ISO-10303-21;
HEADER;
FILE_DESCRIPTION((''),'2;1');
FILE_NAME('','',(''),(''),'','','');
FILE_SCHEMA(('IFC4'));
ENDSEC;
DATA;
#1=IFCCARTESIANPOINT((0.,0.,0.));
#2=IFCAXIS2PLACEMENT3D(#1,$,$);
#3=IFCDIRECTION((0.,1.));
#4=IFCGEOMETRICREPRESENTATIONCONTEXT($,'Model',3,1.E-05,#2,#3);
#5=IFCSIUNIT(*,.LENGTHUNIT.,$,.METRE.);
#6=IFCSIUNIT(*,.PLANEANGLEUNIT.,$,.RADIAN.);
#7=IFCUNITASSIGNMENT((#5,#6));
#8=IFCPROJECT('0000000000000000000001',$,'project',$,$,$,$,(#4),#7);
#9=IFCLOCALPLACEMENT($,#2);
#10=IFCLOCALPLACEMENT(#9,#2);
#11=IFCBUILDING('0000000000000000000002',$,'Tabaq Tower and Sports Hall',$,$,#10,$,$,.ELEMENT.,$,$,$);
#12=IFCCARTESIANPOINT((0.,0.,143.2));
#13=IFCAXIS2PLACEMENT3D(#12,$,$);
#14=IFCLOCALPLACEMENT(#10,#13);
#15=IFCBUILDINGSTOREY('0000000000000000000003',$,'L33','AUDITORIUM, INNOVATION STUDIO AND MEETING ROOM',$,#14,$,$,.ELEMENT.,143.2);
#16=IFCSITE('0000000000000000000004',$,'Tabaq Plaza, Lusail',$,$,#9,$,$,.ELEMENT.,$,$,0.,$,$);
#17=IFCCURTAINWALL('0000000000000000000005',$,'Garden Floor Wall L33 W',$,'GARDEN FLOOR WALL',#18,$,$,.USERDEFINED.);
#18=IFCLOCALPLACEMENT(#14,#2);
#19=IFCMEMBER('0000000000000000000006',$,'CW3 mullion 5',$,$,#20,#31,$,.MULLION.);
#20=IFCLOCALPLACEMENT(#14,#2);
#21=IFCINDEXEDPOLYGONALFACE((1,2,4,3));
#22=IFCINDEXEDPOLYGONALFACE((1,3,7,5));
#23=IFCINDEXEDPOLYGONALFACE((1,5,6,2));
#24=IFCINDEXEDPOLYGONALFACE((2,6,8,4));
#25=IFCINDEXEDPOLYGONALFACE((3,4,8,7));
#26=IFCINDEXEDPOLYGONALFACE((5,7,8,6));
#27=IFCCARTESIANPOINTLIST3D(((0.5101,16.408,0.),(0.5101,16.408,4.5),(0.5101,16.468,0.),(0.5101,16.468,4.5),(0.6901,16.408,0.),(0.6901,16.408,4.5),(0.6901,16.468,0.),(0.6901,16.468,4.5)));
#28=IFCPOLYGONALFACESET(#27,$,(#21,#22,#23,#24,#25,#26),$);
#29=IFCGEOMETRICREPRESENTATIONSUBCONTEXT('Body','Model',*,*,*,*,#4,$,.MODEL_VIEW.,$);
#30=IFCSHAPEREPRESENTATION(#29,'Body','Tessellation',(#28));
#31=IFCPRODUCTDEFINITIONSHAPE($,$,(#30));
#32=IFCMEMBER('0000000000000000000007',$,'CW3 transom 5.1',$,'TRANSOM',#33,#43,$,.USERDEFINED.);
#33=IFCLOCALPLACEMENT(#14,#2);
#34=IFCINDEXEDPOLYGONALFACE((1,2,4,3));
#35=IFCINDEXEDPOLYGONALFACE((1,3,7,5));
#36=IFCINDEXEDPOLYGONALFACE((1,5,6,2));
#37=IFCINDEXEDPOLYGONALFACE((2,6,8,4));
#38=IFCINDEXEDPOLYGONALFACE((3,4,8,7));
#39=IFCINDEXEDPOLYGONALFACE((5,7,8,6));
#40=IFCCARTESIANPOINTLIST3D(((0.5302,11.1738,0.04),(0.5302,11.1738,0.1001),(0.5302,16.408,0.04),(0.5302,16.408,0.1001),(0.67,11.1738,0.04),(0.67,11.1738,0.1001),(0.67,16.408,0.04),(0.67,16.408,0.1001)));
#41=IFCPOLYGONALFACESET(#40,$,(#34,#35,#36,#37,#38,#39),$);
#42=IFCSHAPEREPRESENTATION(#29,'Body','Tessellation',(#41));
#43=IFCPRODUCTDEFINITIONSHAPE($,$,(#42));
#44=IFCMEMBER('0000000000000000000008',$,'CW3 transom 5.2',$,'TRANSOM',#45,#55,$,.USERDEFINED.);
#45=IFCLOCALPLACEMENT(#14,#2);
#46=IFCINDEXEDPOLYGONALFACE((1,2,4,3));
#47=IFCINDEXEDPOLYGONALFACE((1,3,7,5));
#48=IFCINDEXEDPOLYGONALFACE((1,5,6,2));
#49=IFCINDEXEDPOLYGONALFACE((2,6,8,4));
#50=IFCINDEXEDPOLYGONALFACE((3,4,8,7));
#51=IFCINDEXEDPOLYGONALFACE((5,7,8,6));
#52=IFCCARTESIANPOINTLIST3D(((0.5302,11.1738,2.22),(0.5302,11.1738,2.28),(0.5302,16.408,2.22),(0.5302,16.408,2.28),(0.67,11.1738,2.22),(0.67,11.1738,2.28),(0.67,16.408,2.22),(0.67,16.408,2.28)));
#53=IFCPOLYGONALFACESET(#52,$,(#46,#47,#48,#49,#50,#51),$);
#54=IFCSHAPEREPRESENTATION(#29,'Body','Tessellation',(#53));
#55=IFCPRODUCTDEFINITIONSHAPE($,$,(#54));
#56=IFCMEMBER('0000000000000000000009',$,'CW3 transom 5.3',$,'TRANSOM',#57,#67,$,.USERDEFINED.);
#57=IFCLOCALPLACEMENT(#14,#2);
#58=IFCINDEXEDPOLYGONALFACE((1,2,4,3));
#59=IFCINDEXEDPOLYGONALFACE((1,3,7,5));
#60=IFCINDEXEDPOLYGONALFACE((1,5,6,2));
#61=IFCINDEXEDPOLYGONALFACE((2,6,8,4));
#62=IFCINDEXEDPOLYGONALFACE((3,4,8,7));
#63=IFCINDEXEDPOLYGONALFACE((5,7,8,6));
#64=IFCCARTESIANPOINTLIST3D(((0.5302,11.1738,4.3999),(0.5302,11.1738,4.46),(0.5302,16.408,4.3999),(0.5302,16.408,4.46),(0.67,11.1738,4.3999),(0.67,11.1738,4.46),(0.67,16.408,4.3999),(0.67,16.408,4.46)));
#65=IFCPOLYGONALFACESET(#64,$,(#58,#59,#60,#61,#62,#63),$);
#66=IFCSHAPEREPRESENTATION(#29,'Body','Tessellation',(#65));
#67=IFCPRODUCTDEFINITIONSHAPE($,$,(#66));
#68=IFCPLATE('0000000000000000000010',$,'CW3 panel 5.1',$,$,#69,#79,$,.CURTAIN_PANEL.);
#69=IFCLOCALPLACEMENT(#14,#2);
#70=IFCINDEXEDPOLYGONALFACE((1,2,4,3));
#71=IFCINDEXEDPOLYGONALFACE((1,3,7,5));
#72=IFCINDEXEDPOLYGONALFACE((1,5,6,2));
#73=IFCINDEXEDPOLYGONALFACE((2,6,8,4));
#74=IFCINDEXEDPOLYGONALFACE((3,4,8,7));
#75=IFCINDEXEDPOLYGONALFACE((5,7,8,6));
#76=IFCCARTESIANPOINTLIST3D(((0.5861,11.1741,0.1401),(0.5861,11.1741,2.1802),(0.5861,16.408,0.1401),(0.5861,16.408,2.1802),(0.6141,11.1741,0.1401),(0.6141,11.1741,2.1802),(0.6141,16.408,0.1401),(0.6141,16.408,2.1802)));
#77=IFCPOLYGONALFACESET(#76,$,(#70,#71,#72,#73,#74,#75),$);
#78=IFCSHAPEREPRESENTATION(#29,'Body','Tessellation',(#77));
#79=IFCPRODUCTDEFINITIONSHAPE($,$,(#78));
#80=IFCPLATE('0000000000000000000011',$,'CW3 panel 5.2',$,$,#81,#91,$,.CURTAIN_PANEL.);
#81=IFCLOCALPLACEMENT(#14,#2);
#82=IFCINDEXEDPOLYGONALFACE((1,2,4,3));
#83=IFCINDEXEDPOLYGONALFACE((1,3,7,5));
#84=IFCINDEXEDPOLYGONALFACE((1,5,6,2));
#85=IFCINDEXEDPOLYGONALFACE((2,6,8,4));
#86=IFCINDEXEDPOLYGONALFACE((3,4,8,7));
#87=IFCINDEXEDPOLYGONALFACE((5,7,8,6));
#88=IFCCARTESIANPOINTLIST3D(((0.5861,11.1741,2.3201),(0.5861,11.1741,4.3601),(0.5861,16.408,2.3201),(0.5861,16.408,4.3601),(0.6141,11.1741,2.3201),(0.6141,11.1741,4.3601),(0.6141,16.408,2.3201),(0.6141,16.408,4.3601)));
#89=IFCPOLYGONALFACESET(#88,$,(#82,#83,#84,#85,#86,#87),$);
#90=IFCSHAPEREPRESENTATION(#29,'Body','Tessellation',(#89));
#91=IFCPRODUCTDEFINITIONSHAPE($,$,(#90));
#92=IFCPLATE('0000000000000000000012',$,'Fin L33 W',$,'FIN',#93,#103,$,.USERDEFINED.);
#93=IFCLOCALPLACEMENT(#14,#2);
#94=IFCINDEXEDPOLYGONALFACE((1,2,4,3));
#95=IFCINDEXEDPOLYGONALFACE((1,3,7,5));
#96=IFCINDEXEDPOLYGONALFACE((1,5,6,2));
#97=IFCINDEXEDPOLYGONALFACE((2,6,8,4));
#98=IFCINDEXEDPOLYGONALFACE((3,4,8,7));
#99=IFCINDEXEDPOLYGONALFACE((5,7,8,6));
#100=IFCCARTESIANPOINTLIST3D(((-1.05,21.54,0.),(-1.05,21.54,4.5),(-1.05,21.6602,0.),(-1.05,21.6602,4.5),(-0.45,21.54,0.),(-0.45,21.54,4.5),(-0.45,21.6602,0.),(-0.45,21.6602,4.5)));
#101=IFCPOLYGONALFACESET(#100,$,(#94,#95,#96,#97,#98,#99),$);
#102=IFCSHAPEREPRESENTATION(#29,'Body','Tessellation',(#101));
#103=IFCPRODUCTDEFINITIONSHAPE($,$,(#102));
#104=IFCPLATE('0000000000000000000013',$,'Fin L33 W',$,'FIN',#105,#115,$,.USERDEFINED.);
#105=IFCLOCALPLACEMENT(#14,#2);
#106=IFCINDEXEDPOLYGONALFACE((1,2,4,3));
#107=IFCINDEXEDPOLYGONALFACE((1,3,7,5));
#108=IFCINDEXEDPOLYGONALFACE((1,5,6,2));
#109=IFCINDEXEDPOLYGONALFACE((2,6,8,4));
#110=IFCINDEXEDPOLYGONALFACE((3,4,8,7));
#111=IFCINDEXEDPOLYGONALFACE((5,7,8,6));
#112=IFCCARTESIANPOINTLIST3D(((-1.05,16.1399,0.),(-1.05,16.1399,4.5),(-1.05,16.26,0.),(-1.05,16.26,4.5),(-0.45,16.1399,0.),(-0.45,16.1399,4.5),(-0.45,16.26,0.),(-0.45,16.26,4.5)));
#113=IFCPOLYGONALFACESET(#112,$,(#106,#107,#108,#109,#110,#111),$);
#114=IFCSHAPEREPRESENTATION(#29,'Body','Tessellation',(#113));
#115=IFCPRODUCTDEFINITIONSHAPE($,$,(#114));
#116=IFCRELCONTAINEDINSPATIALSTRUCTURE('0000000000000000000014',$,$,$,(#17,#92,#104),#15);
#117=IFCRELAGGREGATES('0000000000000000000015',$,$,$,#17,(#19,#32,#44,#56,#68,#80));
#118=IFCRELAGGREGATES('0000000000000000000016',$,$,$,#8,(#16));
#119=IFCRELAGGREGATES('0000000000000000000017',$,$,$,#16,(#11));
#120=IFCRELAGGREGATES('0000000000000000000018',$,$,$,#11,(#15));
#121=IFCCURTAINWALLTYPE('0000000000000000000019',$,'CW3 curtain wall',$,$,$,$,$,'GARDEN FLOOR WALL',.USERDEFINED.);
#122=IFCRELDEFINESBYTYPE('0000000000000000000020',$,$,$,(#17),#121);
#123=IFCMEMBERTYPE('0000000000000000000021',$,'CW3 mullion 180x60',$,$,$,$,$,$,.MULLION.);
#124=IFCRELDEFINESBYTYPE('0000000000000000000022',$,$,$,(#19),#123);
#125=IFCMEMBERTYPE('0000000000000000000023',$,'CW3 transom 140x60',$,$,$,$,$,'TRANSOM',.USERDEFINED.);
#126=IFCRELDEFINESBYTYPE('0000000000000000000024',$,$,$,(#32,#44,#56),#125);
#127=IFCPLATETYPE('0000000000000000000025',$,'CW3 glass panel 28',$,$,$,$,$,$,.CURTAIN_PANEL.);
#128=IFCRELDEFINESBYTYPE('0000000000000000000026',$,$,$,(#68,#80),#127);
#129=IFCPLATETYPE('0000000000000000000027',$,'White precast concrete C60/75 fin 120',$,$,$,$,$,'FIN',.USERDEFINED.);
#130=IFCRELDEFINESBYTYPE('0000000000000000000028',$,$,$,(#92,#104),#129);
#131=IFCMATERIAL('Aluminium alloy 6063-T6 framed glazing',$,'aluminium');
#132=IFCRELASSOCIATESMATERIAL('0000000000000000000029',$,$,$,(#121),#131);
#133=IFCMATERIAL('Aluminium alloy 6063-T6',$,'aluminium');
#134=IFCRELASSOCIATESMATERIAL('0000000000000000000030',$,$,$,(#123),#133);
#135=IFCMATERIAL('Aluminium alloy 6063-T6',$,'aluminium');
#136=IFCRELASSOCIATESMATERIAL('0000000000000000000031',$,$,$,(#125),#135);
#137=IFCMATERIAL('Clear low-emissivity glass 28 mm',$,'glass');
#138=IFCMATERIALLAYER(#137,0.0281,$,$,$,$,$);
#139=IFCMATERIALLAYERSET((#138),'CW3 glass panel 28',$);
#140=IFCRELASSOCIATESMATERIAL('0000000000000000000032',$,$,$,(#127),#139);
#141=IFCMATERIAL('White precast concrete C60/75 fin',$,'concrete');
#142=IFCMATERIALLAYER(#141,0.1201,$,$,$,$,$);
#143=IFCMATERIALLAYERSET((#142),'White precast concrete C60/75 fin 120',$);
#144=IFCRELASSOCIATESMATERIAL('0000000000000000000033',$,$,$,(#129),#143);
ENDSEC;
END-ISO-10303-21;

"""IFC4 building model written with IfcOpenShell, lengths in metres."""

from ifc_helpers import new_model, si_unit, direction, frame, origin, origin_2d, place, context, subcontext, project, spatial, rectangle, extrude, material, layer, layer_set, material_profile, profile_set, type_object, element, aggregate, save


model = new_model("IFC4")

# Units and contexts
model_context = context("Model", 3, precision=1e-05, world=origin(), true_north=direction((0.0, 1.0)))
body_context = subcontext(model_context, "Body", "Model", "MODEL_VIEW")
ifc_project = project(units=[si_unit("LENGTHUNIT", "METRE"), si_unit("PLANEANGLEUNIT", "RADIAN")], contexts=[model_context])

# Site, building, storey
site_placement = place(None, origin())
site = spatial("IfcSite", under=ifc_project, at=site_placement, Name="Tabaq Plaza, Lusail", CompositionType="ELEMENT", RefElevation=0.0)
building_placement = place(site_placement, origin())
building = spatial("IfcBuilding", under=site, at=building_placement, Name="Tabaq Tower and Sports Hall", CompositionType="ELEMENT")
storey_placement = place(building_placement, frame((0.0, 0.0, 143.2)))
storey = spatial("IfcBuildingStorey", under=building, at=storey_placement, Name="L33", Description="AUDITORIUM, INNOVATION STUDIO AND MEETING ROOM", CompositionType="ELEMENT", Elevation=143.2)

# Curtain wall, members, plates
ifc_material_1 = material(Name="Aluminium alloy 6063-T6 framed glazing", Category="aluminium")
curtain_wall_type = type_object("IfcCurtainWallType", Name="CW3 curtain wall", ElementType="GARDEN FLOOR WALL", PredefinedType="USERDEFINED", material=ifc_material_1)
curtain_wall_placement = place(storey_placement, origin())
curtain_wall = element("IfcCurtainWall", 1, at=curtain_wall_placement, inside=storey, type_object=curtain_wall_type, Name="Garden Floor Wall L33 W", ObjectType="GARDEN FLOOR WALL", PredefinedType="USERDEFINED")
ifc_material_2 = material(Name="Aluminium alloy 6063-T6", Category="aluminium")
ifc_material_profile_1 = material_profile(ifc_material_2, rectangle(XDim=0.1799, YDim=0.0601, at=origin_2d()), Name="MULLION 180x60")
ifc_profile_set_1 = profile_set([ifc_material_profile_1], Name="Aluminium alloy 6063-T6")
member_type_1 = type_object("IfcMemberType", Name="CW3 mullion 180x60", PredefinedType="MULLION", material=ifc_profile_set_1)
member_1_placement = place(storey_placement, frame((0.6001, 16.438, 0.0), z_axis=(0.0, 0.0, 1.0), x_axis=(1.0, 0.0, 0.0)))
member_1 = element("IfcMember", 2, at=member_1_placement, type_object=member_type_1, Name="CW3 mullion 5", PredefinedType="MULLION", context=body_context, shape_type="SweptSolid", body=[
    extrude(rectangle(XDim=0.1799, YDim=0.0601, at=origin_2d()), origin(), (0.0, 0.0, 1.0), 4.5),
])
ifc_material_3 = material(Name="Aluminium alloy 6063-T6", Category="aluminium")
ifc_material_profile_2 = material_profile(ifc_material_3, rectangle(XDim=0.1399, YDim=0.0601, at=origin_2d()), Name="TRANSOM 140x60")
ifc_profile_set_2 = profile_set([ifc_material_profile_2], Name="Aluminium alloy 6063-T6")
member_type_2 = type_object("IfcMemberType", Name="CW3 transom 140x60", ElementType="TRANSOM", PredefinedType="USERDEFINED", material=ifc_profile_set_2)
member_2_placement = place(storey_placement, frame((0.6001, 16.408, 0.0701), z_axis=(0.0, -1.0, 0.0), x_axis=(1.0, 0.0, 0.0)))
member_2 = element("IfcMember", 3, at=member_2_placement, type_object=member_type_2, Name="CW3 transom 5.1", ObjectType="TRANSOM", PredefinedType="USERDEFINED", context=body_context, shape_type="SweptSolid", body=[
    extrude(rectangle(XDim=0.1399, YDim=0.0601, at=origin_2d()), origin(), (0.0, 0.0, 1.0), 5.2341),
])
member_3_placement = place(storey_placement, frame((0.6001, 16.408, 2.25), z_axis=(0.0, -1.0, 0.0), x_axis=(1.0, 0.0, 0.0)))
member_3 = element("IfcMember", 4, at=member_3_placement, type_object=member_type_2, Name="CW3 transom 5.2", ObjectType="TRANSOM", PredefinedType="USERDEFINED", context=body_context, shape_type="SweptSolid", body=[
    extrude(rectangle(XDim=0.1399, YDim=0.0601, at=origin_2d()), origin(), (0.0, 0.0, 1.0), 5.2341),
])
member_4_placement = place(storey_placement, frame((0.6001, 16.408, 4.4299), z_axis=(0.0, -1.0, 0.0), x_axis=(1.0, 0.0, 0.0)))
member_4 = element("IfcMember", 5, at=member_4_placement, type_object=member_type_2, Name="CW3 transom 5.3", ObjectType="TRANSOM", PredefinedType="USERDEFINED", context=body_context, shape_type="SweptSolid", body=[
    extrude(rectangle(XDim=0.1399, YDim=0.0601, at=origin_2d()), origin(), (0.0, 0.0, 1.0), 5.2341),
])
ifc_material_4 = material(Name="Clear low-emissivity glass 28 mm", Category="glass")
ifc_layer_1 = layer(ifc_material_4, 0.0281)
ifc_layer_set_1 = layer_set([ifc_layer_1], Name="CW3 glass panel 28")
plate_type_1 = type_object("IfcPlateType", Name="CW3 glass panel 28", PredefinedType="CURTAIN_PANEL", material=ifc_layer_set_1)
plate_1_placement = place(storey_placement, frame((0.6001, 13.791, 0.1401), z_axis=(0.0, 0.0, 1.0), x_axis=(0.0, -1.0, 0.0)))
plate_1 = element("IfcPlate", 6, at=plate_1_placement, type_object=plate_type_1, Name="CW3 panel 5.1", PredefinedType="CURTAIN_PANEL", context=body_context, shape_type="SweptSolid", body=[
    extrude(rectangle(XDim=5.2339, YDim=0.0281, at=origin_2d()), origin(), (0.0, 0.0, 1.0), 2.04),
])
plate_2_placement = place(storey_placement, frame((0.6001, 13.791, 2.3201), z_axis=(0.0, 0.0, 1.0), x_axis=(0.0, -1.0, 0.0)))
plate_2 = element("IfcPlate", 7, at=plate_2_placement, type_object=plate_type_1, Name="CW3 panel 5.2", PredefinedType="CURTAIN_PANEL", context=body_context, shape_type="SweptSolid", body=[
    extrude(rectangle(XDim=5.2339, YDim=0.0281, at=origin_2d()), origin(), (0.0, 0.0, 1.0), 2.04),
])
aggregate(curtain_wall, [member_1, member_2, member_3, member_4, plate_1, plate_2])

# Plates
ifc_material_5 = material(Name="White precast concrete C60/75 fin", Category="concrete")
ifc_layer_2 = layer(ifc_material_5, 0.1201)
ifc_layer_set_2 = layer_set([ifc_layer_2], Name="White precast concrete C60/75 fin 120")
plate_type_2 = type_object("IfcPlateType", Name="White precast concrete C60/75 fin 120", ElementType="FIN", PredefinedType="USERDEFINED", material=ifc_layer_set_2)
for number, where, z_axis, x_axis, name in (
    (8, (-0.75, 21.6001, 0.0), (0.0, 0.0, 1.0), (0.0, -1.0, 0.0), "Fin L33 W"),
    (9, (-0.75, 16.2, 0.0), (0.0, 0.0, 1.0), (0.0, -1.0, 0.0), "Fin L33 W"),
):
    element("IfcPlate", number, at=place(storey_placement, frame(where, z_axis=z_axis, x_axis=x_axis)), inside=storey, type_object=plate_type_2, Name=name, ObjectType="FIN", PredefinedType="USERDEFINED", context=body_context, shape_type="SweptSolid", body=[
        extrude(rectangle(XDim=0.1201, YDim=0.6001, at=origin_2d()), origin(), (0.0, 0.0, 1.0), 4.5),
    ])

save(model, "model.ifc")
